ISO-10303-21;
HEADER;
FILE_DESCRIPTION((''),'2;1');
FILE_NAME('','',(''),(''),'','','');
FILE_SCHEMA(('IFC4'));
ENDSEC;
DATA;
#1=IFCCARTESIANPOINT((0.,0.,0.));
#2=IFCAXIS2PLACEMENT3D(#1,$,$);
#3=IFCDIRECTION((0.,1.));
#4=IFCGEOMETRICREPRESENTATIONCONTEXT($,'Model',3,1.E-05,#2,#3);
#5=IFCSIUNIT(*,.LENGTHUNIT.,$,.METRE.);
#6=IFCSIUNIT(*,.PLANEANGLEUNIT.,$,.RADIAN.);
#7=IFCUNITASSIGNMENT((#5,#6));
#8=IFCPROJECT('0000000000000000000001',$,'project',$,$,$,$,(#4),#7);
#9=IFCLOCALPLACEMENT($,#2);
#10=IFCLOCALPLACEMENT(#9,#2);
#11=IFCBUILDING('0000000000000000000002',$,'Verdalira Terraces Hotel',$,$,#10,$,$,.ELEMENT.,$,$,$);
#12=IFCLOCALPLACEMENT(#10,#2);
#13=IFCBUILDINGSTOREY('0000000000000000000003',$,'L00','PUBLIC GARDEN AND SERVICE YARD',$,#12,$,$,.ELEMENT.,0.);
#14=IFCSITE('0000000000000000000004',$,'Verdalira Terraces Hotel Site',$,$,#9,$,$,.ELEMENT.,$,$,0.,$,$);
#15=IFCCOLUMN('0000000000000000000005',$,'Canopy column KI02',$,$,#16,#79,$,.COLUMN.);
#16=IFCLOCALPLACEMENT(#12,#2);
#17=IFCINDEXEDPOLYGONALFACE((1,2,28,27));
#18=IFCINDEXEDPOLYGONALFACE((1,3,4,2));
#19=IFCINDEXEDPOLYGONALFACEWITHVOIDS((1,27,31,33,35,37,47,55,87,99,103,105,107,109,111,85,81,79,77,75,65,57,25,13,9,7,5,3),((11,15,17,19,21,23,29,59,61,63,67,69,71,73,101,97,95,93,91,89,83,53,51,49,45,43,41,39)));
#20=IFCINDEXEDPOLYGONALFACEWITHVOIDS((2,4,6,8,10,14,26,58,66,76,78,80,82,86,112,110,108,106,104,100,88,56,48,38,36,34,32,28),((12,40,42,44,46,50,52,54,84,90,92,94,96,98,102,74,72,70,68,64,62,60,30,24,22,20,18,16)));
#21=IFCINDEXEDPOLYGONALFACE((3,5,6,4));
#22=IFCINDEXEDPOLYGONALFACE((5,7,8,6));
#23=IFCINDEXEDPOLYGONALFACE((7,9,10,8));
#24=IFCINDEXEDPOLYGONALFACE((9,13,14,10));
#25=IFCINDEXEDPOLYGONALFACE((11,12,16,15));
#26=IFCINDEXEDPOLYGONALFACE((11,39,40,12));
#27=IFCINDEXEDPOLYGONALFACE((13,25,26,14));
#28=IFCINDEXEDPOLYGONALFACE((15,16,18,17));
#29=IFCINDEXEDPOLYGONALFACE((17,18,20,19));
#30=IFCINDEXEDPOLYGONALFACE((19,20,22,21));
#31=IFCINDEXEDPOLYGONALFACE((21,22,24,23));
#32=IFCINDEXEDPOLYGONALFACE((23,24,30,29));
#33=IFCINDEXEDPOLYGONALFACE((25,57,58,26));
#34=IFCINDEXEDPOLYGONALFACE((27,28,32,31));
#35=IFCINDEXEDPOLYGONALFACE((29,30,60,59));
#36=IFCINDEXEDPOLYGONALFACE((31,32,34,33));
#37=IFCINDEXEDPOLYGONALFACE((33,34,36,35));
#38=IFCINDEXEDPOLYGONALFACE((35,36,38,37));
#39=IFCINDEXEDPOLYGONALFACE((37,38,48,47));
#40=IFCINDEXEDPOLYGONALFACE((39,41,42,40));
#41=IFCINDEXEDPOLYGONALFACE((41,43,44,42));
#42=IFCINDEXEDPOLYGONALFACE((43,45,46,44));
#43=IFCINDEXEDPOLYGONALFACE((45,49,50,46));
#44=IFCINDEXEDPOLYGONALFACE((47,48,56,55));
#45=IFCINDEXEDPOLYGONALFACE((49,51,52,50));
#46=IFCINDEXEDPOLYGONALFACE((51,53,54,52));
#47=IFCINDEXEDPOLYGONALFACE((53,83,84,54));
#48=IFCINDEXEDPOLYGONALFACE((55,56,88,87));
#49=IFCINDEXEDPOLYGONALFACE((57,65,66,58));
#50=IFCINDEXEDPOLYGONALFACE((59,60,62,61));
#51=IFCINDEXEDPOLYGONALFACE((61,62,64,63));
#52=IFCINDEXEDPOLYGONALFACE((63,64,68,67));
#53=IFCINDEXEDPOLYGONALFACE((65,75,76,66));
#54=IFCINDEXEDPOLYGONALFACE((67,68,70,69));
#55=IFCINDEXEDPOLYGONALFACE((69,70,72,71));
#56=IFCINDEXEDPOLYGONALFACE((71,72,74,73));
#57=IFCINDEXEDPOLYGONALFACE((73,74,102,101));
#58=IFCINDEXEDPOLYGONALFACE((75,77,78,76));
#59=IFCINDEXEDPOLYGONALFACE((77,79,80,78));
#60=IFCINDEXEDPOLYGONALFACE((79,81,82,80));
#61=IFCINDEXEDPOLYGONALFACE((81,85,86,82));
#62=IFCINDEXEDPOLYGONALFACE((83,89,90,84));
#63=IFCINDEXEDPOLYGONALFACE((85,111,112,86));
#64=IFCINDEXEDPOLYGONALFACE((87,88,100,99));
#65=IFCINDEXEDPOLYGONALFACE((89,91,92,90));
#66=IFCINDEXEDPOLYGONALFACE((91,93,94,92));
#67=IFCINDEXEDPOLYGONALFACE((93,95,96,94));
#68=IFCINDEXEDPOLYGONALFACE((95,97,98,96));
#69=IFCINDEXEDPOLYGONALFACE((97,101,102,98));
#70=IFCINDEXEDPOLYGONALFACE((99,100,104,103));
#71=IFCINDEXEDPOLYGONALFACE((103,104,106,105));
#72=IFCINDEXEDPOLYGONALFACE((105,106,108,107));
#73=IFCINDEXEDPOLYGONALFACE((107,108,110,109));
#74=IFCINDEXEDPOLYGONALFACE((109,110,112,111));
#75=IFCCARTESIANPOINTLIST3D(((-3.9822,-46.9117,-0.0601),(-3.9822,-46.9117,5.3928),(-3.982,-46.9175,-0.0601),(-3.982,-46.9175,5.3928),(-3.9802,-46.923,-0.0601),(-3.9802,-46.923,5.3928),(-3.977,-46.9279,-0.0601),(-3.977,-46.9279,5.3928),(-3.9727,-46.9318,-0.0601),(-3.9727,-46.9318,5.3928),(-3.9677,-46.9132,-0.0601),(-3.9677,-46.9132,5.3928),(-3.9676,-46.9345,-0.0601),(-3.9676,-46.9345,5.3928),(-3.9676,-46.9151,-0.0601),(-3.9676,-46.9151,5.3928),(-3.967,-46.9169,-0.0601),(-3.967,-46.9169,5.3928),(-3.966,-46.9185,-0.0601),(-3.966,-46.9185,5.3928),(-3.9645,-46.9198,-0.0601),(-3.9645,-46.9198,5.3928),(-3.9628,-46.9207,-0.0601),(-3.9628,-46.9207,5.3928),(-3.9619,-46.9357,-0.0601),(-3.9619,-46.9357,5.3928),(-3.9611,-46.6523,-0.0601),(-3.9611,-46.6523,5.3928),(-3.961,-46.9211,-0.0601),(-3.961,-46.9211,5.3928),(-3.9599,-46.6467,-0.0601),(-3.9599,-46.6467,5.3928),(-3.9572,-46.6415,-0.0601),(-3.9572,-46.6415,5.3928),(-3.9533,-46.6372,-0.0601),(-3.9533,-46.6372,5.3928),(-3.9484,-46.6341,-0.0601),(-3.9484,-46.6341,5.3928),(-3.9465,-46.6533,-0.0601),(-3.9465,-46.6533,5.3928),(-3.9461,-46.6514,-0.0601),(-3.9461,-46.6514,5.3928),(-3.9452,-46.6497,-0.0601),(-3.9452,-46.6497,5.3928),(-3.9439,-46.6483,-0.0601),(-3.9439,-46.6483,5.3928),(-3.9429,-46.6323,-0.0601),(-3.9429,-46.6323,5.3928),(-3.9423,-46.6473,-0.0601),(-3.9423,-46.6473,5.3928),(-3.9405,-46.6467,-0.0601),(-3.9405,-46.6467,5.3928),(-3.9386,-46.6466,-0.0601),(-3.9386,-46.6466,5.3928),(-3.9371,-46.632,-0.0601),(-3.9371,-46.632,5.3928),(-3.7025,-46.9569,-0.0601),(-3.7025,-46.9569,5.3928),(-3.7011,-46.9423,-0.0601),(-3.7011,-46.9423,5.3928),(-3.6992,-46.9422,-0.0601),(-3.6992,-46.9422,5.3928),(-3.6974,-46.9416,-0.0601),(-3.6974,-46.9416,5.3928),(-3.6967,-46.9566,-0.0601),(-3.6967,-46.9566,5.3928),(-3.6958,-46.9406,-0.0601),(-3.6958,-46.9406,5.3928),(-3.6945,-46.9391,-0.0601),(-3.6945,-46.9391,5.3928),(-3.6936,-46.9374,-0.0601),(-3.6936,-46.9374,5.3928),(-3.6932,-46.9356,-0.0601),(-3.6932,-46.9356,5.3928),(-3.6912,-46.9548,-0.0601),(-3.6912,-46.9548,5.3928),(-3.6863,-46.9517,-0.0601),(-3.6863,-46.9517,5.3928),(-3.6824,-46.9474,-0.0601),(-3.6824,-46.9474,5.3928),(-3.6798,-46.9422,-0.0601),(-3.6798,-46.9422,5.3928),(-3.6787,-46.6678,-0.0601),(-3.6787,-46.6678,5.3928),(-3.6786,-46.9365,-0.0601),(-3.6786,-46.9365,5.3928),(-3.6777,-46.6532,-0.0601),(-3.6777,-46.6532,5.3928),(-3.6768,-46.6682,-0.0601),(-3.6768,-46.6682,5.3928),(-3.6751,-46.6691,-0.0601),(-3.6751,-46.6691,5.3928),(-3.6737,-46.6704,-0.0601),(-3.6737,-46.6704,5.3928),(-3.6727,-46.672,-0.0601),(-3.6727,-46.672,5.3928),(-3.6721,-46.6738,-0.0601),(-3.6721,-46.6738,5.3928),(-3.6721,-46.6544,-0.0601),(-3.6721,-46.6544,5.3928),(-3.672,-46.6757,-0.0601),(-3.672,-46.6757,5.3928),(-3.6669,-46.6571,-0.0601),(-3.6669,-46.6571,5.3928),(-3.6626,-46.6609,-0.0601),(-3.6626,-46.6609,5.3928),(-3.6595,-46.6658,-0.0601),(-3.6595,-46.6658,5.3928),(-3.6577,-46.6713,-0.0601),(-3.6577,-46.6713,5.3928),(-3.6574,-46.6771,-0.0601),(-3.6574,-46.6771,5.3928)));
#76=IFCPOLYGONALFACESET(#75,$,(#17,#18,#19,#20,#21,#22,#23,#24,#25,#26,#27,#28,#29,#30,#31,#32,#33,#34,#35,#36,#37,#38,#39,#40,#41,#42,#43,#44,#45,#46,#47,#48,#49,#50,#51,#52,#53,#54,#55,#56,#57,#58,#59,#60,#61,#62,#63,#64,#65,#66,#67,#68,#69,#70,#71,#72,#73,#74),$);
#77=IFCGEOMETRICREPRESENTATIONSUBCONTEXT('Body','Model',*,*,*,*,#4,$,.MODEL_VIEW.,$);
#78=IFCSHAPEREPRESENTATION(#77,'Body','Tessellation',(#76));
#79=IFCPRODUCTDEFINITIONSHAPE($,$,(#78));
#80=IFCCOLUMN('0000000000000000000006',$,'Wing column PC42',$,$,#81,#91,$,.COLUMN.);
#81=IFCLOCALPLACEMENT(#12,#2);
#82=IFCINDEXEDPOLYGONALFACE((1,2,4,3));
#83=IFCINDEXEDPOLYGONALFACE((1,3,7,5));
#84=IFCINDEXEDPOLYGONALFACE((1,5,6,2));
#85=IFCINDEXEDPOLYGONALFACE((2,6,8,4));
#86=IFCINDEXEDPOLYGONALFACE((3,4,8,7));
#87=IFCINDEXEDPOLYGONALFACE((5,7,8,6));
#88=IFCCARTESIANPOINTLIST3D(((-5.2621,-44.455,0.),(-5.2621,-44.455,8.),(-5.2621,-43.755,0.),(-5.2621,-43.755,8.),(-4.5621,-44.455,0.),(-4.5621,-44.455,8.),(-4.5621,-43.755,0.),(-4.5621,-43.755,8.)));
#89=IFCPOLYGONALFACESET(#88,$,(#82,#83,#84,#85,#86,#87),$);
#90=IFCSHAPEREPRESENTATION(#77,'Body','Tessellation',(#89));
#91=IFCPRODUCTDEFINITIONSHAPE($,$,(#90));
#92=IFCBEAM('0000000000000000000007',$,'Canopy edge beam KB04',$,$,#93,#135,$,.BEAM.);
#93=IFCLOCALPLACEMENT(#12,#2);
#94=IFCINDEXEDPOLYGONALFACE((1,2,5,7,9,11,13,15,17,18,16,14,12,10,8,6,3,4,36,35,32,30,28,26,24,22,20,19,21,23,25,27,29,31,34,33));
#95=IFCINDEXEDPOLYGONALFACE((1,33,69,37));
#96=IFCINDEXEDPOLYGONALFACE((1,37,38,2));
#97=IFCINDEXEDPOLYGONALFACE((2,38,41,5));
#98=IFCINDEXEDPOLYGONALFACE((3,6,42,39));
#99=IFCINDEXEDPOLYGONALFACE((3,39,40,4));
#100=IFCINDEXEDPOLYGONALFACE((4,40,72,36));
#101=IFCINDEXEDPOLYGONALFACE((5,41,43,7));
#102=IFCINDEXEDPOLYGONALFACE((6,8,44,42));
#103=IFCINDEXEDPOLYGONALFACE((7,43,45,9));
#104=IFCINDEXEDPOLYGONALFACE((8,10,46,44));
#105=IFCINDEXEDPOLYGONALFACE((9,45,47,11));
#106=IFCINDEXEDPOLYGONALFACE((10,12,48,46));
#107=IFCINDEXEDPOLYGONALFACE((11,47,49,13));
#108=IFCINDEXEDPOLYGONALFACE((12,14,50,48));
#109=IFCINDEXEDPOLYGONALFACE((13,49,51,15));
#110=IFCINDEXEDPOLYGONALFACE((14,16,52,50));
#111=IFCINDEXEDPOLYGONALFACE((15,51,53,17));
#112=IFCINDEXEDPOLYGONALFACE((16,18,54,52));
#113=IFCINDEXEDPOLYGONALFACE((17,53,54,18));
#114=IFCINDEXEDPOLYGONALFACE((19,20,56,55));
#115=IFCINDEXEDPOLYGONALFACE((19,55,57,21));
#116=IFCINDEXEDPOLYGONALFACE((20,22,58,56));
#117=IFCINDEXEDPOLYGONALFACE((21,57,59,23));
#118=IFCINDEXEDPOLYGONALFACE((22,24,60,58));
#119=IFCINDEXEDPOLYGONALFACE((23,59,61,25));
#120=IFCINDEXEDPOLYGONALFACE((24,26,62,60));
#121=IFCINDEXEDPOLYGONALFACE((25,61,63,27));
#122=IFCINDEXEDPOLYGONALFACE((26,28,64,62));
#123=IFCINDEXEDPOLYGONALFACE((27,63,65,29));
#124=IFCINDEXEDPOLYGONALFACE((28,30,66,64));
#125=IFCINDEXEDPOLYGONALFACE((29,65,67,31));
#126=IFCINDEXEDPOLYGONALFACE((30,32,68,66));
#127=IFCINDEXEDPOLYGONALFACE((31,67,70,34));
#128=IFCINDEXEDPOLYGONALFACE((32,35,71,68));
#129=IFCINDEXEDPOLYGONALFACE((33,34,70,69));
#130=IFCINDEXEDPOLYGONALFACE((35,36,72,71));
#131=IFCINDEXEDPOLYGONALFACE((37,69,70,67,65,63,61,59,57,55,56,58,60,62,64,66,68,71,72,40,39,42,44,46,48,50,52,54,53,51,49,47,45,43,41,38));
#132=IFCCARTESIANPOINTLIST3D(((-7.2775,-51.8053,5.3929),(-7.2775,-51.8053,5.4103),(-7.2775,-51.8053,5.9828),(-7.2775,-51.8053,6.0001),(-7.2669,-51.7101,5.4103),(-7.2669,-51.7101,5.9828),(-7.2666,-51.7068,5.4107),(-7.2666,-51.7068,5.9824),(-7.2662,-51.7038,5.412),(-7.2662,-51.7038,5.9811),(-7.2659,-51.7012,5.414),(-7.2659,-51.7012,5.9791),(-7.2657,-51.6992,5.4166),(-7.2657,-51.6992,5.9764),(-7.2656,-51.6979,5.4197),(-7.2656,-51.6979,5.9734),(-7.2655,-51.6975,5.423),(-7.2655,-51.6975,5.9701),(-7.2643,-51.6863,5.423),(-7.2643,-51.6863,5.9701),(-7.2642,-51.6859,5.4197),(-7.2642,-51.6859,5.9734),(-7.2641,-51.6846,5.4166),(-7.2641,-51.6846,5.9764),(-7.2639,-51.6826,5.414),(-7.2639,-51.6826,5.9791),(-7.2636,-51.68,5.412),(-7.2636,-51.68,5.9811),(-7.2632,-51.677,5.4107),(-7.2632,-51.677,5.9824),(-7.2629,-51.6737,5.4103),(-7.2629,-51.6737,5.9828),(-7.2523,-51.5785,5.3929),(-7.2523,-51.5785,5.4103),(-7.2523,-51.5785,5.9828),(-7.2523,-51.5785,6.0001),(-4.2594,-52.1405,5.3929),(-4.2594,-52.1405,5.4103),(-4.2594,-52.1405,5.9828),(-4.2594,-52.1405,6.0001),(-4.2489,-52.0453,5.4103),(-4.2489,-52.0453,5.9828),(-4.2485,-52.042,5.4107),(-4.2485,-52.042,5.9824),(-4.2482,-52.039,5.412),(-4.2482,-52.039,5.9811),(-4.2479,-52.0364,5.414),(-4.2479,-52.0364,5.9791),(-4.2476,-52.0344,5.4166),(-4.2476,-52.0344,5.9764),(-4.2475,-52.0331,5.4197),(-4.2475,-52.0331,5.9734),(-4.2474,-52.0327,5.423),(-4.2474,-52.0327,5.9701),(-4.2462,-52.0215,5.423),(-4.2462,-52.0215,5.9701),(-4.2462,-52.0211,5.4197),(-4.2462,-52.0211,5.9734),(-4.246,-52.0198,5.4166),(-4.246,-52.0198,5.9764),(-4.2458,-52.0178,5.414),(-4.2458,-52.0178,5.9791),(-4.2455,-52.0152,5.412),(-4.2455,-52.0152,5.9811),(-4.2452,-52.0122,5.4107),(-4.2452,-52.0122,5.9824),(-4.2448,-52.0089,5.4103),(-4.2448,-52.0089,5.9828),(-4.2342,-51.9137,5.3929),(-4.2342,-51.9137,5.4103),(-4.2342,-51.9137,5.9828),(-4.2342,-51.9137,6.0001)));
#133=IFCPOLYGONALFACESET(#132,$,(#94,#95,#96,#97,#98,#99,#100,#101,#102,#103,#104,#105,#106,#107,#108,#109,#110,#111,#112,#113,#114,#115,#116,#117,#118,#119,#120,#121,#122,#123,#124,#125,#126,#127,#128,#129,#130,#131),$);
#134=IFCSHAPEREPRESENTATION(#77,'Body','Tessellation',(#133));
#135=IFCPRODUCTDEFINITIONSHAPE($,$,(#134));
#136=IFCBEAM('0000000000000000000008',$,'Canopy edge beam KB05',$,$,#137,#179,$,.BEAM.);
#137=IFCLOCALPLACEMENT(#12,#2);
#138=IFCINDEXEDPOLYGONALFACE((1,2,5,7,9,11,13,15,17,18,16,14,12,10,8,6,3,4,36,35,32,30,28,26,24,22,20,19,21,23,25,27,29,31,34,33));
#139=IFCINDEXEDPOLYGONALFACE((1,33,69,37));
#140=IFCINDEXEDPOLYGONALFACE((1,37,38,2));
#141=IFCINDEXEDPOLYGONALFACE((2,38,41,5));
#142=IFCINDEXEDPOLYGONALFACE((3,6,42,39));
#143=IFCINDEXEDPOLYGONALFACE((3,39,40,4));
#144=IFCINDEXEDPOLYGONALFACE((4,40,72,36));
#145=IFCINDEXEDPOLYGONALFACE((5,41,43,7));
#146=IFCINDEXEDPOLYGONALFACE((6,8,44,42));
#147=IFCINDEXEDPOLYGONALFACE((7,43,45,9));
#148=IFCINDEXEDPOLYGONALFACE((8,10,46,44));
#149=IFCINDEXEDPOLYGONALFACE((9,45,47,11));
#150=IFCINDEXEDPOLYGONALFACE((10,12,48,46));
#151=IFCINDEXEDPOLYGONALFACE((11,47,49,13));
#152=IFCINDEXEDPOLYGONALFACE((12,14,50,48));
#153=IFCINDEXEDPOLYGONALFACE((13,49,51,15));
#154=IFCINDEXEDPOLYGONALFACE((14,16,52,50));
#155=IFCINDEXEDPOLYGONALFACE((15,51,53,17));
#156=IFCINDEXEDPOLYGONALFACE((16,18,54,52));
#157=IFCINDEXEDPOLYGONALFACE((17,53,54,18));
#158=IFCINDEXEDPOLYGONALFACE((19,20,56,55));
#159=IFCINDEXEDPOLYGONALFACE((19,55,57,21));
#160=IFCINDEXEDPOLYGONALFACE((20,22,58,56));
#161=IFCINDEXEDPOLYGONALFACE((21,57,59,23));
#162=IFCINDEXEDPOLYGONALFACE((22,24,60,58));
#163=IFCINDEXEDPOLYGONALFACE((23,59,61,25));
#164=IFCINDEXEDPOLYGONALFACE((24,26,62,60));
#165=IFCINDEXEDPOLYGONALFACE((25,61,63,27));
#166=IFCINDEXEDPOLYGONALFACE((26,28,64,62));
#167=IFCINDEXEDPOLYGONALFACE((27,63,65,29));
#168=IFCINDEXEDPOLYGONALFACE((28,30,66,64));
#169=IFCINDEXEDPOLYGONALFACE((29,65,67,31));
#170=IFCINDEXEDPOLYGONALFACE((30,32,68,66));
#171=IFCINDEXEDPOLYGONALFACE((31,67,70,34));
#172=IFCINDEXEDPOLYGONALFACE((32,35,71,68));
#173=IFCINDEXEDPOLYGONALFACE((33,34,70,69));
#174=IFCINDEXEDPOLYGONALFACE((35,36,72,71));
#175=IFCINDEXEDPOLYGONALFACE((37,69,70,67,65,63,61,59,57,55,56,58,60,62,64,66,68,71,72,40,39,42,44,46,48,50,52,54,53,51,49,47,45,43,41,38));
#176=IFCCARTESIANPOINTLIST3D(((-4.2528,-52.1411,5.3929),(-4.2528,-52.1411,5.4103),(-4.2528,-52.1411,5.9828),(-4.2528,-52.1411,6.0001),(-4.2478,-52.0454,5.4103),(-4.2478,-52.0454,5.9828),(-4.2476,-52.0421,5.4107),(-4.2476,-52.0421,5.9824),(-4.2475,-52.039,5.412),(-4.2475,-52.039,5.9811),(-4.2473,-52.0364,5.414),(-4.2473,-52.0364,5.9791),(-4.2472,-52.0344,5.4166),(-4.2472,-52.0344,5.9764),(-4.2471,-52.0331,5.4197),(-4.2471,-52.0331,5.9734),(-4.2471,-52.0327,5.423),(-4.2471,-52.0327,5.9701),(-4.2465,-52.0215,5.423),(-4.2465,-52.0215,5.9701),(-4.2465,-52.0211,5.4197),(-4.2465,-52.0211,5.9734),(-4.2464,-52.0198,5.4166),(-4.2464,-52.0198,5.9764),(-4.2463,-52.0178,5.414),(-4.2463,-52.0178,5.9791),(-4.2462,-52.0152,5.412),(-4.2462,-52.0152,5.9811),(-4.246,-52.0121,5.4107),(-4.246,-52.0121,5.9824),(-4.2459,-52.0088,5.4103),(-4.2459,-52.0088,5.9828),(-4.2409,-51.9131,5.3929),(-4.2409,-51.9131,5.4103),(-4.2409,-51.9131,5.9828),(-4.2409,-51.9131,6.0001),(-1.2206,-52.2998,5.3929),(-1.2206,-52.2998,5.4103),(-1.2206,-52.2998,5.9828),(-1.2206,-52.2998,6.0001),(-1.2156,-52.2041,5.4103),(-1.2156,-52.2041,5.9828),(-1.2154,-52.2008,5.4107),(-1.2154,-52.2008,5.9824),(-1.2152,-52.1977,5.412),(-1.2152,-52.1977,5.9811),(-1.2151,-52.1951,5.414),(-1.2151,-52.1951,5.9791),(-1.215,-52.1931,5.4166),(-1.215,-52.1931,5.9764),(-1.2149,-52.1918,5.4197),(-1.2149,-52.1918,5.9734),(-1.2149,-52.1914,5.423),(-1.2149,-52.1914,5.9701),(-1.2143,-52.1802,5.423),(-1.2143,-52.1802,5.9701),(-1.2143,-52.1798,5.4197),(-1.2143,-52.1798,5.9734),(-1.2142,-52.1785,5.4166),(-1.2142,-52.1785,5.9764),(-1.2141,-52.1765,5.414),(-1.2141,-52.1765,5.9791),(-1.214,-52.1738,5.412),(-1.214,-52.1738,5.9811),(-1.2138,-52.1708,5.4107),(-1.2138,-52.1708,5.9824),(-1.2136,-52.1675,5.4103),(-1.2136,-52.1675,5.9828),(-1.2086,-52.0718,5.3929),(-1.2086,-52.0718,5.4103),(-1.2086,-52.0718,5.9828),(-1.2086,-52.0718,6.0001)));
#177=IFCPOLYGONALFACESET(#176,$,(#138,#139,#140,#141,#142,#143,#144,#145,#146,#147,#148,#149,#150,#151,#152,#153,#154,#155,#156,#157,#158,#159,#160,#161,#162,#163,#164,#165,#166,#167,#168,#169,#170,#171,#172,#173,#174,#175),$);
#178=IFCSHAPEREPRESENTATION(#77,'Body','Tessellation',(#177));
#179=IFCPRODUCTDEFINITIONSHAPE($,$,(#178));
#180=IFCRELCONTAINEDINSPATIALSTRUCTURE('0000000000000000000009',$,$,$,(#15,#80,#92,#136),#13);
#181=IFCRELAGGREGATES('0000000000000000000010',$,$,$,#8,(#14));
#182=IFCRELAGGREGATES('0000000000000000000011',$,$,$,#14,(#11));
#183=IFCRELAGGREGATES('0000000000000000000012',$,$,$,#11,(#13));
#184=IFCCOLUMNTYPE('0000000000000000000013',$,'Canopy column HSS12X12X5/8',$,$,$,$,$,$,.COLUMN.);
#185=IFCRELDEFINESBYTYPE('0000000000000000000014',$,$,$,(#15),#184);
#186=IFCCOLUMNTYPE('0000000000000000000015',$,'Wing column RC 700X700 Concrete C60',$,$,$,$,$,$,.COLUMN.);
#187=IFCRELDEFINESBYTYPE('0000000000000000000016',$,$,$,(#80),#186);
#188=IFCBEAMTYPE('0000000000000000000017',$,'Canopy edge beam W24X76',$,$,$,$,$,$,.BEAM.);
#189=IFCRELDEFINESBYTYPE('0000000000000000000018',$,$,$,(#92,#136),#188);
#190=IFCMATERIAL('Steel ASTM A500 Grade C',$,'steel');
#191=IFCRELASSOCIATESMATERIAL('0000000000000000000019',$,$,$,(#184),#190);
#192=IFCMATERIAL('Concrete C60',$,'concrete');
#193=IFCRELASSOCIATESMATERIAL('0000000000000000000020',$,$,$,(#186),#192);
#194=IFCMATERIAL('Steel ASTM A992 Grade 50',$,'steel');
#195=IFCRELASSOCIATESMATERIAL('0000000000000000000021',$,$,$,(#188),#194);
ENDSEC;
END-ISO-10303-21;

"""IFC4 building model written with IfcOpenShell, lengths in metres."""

from ifc_helpers import new_model, si_unit, direction, frame, origin, origin_2d, place, context, subcontext, project, spatial, rectangle, hollow_rectangle, i_section, extrude, material, material_profile, profile_set, type_object, element, save


model = new_model("IFC4")

# Units and contexts
model_context = context("Model", 3, precision=1e-05, world=origin(), true_north=direction((0.0, 1.0)))
body_context = subcontext(model_context, "Body", "Model", "MODEL_VIEW")
ifc_project = project(units=[si_unit("LENGTHUNIT", "METRE"), si_unit("PLANEANGLEUNIT", "RADIAN")], contexts=[model_context])

# Site, building, storey
site_placement = place(None, origin())
site = spatial("IfcSite", under=ifc_project, at=site_placement, Name="Verdalira Terraces Hotel Site", CompositionType="ELEMENT", RefElevation=0.0)
building_placement = place(site_placement, origin())
building = spatial("IfcBuilding", under=site, at=building_placement, Name="Verdalira Terraces Hotel", CompositionType="ELEMENT")
storey_placement = place(building_placement, origin())
storey = spatial("IfcBuildingStorey", under=building, at=storey_placement, Name="L00", Description="PUBLIC GARDEN AND SERVICE YARD", CompositionType="ELEMENT", Elevation=0.0)

# Columns
ifc_material_1 = material(Name="Steel ASTM A500 Grade C", Category="steel")
ifc_material_profile_1 = material_profile(ifc_material_1, hollow_rectangle(XDim=0.3047, YDim=0.3047, WallThickness=0.0146, InnerFilletRadius=0.0073, OuterFilletRadius=0.0222, at=origin_2d()), Name="HSS12X12X5/8")
ifc_profile_set_1 = profile_set([ifc_material_profile_1], Name="Steel ASTM A500 Grade C")
column_type_1 = type_object("IfcColumnType", Name="Canopy column HSS12X12X5/8", PredefinedType="COLUMN", material=ifc_profile_set_1)
for number, where, z_axis, x_axis, name in (
    (1, (-3.8198, -46.7944, -0.0601), (0.0, 0.0, 1.0), (-0.081359, -0.996685, 0.0), "Canopy column KI02"),
):
    element("IfcColumn", number, at=place(storey_placement, frame(where, z_axis=z_axis, x_axis=x_axis)), inside=storey, type_object=column_type_1, Name=name, PredefinedType="COLUMN", context=body_context, shape_type="SweptSolid", body=[
        extrude(hollow_rectangle(XDim=0.3047, YDim=0.3047, WallThickness=0.0146, InnerFilletRadius=0.0073, OuterFilletRadius=0.0222, at=origin_2d()), origin(), (0.0, 0.0, 1.0), 5.4529),
    ])
ifc_material_2 = material(Name="Concrete C60", Category="concrete")
ifc_material_profile_2 = material_profile(ifc_material_2, rectangle(XDim=0.7, YDim=0.7, at=origin_2d()), Name="RC 700X700")
ifc_profile_set_2 = profile_set([ifc_material_profile_2], Name="Concrete C60")
column_type_2 = type_object("IfcColumnType", Name="Wing column RC 700X700 Concrete C60", PredefinedType="COLUMN", material=ifc_profile_set_2)
column_placement = place(storey_placement, frame((-4.9121, -44.105, 0.0), z_axis=(0.0, 0.0, 1.0), x_axis=(0.0, -1.0, 0.0)))
element("IfcColumn", 2, at=column_placement, inside=storey, type_object=column_type_2, Name="Wing column PC42", PredefinedType="COLUMN", context=body_context, shape_type="SweptSolid", body=[
    extrude(rectangle(XDim=0.7, YDim=0.7, at=origin_2d()), origin(), (0.0, 0.0, 1.0), 8.0),
])

# Beams
ifc_material_3 = material(Name="Steel ASTM A992 Grade 50", Category="steel")
ifc_material_profile_3 = material_profile(ifc_material_3, i_section(OverallWidth=0.2283, OverallDepth=0.6072, WebThickness=0.0112, FlangeThickness=0.0173, FilletRadius=0.0127, at=origin_2d()), Name="W24X76")
ifc_profile_set_3 = profile_set([ifc_material_profile_3], Name="Steel ASTM A992 Grade 50")
beam_type_1 = type_object("IfcBeamType", Name="Canopy edge beam W24X76", PredefinedType="BEAM", material=ifc_profile_set_3)
beam_1_placement = place(storey_placement, frame((-7.2649, -51.6919, 5.6965), z_axis=(0.993889, -0.110387, 0.0), x_axis=(0.110387, 0.993889, 0.0)))
element("IfcBeam", 3, at=beam_1_placement, inside=storey, type_object=beam_type_1, Name="Canopy edge beam KB04", PredefinedType="BEAM", context=body_context, shape_type="SweptSolid", body=[
    extrude(i_section(OverallWidth=0.2283, OverallDepth=0.6072, WebThickness=0.0112, FlangeThickness=0.0173, FilletRadius=0.0127, at=origin_2d()), origin(), (0.0, 0.0, 1.0), 3.0366),
])
for number, where, z_axis, x_axis, name in (
    (4, (-4.2468, -52.0271, 5.6965), (0.998633, -0.052263, 0.0), (0.052263, 0.998633, 0.0), "Canopy edge beam KB05"),
):
    element("IfcBeam", number, at=place(storey_placement, frame(where, z_axis=z_axis, x_axis=x_axis)), inside=storey, type_object=beam_type_1, Name=name, PredefinedType="BEAM", context=body_context, shape_type="SweptSolid", body=[
        extrude(i_section(OverallWidth=0.2283, OverallDepth=0.6072, WebThickness=0.0112, FlangeThickness=0.0173, FilletRadius=0.0127, at=origin_2d()), origin(), (0.0, 0.0, 1.0), 3.0364),
    ])

save(model, "model.ifc")
